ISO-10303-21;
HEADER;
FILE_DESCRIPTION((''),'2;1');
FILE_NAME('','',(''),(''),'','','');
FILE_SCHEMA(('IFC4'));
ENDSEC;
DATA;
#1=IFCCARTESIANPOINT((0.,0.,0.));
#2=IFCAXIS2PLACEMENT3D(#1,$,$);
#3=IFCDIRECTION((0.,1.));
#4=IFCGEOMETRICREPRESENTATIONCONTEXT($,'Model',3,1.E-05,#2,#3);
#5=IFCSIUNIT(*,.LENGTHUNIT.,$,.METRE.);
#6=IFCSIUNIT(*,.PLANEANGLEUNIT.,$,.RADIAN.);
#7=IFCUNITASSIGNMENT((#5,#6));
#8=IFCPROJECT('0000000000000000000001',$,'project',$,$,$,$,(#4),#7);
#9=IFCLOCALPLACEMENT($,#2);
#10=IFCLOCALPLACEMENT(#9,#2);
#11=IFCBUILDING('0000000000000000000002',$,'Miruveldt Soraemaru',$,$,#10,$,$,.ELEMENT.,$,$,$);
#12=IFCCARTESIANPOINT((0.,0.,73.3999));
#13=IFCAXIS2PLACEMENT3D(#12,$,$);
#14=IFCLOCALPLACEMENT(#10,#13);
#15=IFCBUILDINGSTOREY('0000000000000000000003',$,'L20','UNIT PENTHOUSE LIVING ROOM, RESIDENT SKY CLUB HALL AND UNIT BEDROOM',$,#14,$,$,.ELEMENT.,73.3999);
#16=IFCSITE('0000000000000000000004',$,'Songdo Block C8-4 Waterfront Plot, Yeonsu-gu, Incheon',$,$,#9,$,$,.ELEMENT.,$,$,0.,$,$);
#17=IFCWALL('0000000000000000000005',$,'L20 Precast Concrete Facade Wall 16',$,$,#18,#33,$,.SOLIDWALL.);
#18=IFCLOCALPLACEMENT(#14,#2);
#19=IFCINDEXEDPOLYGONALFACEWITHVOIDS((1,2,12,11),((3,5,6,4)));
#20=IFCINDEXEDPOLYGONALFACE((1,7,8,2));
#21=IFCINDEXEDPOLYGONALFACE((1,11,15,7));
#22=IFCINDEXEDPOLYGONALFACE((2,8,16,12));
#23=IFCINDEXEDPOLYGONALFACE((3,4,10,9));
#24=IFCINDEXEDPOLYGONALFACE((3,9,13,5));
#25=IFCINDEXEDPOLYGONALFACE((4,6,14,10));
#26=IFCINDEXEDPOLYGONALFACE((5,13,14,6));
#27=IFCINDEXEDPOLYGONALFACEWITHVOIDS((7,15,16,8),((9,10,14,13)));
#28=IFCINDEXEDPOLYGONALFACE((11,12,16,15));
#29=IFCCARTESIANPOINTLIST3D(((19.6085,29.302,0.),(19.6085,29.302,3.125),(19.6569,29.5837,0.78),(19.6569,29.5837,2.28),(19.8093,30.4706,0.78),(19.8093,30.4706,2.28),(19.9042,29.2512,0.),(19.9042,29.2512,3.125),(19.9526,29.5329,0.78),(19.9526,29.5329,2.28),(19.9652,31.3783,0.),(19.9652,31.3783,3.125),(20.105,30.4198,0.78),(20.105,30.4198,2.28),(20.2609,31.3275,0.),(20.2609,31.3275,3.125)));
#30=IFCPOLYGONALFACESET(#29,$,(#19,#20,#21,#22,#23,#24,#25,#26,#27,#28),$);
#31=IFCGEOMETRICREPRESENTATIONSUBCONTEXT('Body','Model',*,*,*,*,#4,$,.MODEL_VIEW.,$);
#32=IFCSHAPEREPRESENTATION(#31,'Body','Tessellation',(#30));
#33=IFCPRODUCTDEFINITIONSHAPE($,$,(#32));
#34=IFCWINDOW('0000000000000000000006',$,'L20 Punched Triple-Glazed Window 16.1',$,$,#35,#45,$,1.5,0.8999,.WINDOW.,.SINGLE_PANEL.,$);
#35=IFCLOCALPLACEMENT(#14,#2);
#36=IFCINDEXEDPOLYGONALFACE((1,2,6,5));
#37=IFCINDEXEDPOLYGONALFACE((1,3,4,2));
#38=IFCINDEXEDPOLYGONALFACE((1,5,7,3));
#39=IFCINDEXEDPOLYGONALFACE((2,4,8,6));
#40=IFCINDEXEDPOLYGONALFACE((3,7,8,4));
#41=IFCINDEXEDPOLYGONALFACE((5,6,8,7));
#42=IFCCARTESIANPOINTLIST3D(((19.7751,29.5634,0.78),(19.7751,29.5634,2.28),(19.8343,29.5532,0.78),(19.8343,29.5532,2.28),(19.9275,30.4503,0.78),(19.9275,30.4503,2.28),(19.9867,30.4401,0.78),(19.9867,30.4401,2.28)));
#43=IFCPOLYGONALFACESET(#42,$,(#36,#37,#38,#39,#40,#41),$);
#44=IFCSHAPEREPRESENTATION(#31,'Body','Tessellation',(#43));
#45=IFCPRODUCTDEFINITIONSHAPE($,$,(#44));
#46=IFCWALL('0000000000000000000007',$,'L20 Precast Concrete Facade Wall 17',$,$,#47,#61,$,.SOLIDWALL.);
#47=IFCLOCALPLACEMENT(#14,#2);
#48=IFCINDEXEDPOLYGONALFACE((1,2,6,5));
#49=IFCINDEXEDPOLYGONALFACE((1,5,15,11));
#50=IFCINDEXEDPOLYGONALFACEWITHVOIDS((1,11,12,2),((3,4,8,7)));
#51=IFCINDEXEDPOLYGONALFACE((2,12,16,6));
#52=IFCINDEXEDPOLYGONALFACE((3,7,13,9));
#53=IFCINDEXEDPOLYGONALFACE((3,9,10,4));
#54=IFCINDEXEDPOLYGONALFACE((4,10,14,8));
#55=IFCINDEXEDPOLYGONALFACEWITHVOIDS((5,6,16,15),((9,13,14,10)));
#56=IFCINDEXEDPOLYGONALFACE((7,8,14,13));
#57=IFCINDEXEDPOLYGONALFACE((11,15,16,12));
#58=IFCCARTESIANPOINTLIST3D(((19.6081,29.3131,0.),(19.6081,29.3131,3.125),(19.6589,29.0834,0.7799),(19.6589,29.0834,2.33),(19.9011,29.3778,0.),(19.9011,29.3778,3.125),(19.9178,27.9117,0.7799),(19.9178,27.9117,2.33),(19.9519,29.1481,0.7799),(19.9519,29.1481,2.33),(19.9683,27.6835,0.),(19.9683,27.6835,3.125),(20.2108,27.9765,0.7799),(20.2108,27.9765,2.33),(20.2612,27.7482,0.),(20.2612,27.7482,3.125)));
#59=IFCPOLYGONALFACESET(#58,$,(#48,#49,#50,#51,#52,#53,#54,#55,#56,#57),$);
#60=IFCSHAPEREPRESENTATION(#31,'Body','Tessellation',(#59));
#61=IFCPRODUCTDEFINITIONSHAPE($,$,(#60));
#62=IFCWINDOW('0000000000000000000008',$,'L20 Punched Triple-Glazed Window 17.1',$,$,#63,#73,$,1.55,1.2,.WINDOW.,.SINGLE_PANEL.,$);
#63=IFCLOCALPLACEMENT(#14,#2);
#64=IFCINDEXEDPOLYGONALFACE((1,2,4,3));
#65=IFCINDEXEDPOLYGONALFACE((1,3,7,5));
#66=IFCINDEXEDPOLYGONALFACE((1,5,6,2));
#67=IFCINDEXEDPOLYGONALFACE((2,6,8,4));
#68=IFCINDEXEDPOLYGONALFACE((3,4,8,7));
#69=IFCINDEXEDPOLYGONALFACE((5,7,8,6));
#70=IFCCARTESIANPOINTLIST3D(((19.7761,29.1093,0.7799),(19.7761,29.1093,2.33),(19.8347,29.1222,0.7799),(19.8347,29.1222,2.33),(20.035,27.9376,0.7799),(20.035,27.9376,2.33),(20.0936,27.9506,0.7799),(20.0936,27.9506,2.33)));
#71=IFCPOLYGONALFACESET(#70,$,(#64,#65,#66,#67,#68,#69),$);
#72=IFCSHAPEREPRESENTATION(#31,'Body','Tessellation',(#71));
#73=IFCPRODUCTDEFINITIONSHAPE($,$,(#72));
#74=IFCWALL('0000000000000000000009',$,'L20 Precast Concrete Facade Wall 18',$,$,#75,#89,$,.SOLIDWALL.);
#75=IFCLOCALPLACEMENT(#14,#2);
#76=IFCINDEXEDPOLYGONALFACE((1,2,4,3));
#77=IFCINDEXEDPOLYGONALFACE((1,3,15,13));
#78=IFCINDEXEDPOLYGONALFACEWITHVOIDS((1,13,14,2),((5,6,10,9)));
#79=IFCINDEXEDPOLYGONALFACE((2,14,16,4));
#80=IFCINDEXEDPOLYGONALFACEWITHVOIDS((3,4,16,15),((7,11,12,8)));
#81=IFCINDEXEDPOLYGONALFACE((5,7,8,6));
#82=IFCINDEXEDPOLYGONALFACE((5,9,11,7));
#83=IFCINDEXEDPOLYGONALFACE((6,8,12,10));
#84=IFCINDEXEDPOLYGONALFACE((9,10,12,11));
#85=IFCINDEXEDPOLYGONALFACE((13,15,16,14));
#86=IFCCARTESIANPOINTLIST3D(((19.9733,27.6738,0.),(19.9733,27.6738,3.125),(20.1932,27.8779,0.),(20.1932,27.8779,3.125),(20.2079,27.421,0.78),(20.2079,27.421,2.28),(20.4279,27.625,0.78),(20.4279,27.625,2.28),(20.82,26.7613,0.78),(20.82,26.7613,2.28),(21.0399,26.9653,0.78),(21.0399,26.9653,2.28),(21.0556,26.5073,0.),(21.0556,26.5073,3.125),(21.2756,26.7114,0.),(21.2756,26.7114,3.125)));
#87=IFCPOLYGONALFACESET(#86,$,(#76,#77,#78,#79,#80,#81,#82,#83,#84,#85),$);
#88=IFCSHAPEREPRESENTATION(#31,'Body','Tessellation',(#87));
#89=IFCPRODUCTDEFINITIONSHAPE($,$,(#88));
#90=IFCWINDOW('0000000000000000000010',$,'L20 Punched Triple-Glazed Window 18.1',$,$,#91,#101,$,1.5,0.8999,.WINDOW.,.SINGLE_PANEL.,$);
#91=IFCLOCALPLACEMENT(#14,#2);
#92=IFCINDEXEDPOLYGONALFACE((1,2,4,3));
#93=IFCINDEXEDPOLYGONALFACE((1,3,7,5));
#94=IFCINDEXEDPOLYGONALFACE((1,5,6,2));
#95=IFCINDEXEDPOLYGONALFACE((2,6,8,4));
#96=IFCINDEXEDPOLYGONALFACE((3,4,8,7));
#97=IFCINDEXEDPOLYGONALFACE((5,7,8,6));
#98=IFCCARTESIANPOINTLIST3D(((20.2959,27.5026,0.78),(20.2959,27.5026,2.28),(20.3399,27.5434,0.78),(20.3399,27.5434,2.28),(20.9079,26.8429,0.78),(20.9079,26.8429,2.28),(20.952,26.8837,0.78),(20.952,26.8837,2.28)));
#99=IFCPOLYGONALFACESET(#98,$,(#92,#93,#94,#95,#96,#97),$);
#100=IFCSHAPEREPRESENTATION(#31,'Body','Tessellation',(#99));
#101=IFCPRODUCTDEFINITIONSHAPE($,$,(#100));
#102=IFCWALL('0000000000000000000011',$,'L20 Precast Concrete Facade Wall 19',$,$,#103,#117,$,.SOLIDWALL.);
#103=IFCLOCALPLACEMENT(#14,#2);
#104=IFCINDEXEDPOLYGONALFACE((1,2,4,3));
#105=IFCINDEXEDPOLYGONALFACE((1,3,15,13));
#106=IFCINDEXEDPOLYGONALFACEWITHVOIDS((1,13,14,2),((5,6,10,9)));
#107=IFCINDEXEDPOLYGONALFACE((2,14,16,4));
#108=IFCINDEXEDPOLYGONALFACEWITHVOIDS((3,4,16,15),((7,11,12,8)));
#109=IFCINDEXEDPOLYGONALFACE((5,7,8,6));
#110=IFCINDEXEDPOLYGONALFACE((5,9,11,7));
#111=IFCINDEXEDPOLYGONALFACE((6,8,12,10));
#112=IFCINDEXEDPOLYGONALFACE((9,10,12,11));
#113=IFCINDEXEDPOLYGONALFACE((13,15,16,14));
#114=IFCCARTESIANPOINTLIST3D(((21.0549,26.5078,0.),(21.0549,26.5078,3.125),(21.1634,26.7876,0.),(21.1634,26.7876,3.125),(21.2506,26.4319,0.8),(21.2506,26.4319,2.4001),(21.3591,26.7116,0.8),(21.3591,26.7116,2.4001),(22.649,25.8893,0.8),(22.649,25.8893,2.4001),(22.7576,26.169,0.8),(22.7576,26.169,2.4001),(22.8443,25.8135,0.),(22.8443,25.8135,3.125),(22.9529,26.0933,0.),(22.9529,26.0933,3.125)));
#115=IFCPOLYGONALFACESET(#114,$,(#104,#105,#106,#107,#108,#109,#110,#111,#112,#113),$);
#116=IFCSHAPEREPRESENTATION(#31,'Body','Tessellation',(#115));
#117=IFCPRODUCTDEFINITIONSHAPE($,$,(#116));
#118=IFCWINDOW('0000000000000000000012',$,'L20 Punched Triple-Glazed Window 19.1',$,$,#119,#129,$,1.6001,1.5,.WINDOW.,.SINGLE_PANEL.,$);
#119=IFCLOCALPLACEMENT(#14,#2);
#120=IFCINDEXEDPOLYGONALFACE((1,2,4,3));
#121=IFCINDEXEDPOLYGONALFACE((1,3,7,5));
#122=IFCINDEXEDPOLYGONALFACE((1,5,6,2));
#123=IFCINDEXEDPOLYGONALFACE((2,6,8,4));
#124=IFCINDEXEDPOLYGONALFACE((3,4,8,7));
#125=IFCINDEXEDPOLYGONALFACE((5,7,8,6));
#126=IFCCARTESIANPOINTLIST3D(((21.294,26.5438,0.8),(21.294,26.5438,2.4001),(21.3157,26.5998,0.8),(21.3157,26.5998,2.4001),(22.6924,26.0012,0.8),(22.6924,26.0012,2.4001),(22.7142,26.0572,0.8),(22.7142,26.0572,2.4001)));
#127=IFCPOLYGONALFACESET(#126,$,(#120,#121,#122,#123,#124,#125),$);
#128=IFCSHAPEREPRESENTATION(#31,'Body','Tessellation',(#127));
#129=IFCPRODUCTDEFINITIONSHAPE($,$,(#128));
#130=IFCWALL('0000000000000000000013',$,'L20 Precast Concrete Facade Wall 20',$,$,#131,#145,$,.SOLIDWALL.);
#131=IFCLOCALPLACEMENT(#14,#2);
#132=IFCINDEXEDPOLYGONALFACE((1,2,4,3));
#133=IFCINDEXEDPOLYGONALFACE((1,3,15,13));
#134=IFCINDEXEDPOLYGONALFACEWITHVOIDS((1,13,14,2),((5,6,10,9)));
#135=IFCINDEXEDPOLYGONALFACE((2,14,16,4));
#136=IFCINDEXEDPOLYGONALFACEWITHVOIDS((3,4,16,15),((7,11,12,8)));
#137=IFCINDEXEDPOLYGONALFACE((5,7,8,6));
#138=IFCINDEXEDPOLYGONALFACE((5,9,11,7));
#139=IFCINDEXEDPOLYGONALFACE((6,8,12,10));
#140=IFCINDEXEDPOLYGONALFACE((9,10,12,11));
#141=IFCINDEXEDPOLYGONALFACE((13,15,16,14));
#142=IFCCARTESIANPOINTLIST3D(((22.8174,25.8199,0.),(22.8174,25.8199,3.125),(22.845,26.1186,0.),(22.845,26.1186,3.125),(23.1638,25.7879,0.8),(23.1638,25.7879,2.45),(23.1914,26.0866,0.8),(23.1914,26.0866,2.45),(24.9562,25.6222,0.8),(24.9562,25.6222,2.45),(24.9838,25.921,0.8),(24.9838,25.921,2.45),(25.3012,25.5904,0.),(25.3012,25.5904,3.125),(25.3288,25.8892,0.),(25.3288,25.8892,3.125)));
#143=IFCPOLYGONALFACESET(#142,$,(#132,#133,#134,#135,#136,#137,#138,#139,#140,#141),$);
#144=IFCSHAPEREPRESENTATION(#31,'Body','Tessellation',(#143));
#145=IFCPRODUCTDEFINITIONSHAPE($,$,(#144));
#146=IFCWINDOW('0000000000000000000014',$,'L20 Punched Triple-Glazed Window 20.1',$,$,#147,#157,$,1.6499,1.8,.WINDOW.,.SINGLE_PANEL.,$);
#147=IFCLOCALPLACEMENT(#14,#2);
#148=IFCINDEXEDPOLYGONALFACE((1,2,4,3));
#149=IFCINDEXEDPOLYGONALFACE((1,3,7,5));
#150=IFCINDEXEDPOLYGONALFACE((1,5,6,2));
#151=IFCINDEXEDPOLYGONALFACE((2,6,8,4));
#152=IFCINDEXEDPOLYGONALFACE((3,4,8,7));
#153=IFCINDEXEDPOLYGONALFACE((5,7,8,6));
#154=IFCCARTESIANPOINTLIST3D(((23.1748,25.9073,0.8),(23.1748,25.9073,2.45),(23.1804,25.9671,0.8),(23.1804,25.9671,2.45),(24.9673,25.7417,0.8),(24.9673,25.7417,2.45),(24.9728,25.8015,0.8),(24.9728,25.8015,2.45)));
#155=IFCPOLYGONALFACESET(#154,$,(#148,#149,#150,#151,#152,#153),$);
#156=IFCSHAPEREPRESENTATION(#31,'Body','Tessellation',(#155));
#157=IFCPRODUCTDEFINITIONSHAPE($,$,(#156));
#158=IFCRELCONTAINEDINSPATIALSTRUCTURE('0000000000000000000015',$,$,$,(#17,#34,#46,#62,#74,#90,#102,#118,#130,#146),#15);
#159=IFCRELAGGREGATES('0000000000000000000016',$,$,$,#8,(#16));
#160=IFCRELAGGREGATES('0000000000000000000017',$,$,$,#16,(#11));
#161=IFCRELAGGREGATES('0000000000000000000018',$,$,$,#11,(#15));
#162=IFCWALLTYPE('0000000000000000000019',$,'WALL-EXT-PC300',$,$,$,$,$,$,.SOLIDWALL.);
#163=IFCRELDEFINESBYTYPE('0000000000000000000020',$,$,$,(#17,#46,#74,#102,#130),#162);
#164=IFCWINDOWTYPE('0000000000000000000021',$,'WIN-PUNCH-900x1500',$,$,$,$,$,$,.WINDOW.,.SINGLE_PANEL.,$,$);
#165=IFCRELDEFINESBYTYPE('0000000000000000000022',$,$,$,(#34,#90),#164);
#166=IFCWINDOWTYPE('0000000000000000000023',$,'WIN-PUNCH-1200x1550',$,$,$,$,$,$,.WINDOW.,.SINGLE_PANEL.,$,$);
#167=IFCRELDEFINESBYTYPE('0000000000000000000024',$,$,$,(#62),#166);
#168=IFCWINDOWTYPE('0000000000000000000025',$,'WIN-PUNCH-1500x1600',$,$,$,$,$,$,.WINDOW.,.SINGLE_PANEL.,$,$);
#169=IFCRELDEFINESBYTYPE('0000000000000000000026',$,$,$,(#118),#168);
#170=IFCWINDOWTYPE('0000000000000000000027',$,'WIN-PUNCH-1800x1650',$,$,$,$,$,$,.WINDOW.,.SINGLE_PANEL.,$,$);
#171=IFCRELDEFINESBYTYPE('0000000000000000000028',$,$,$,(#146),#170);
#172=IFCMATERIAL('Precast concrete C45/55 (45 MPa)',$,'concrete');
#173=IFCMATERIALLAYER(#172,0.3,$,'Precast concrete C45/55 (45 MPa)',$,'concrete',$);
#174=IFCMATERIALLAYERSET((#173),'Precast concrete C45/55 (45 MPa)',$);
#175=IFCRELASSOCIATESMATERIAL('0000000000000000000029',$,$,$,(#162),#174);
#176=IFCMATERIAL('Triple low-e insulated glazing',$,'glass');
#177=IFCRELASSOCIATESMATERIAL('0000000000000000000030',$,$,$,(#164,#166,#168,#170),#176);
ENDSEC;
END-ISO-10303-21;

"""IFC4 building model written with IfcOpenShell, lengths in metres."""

from ifc_helpers import new_model, si_unit, direction, frame, frame_2d, origin, place, context, subcontext, project, spatial, rectangle, extrude, material, layer, layer_set, type_object, element, fill, save


model = new_model("IFC4")

# Units and contexts
model_context = context("Model", 3, precision=1e-05, world=origin(), true_north=direction((0.0, 1.0)))
body_context = subcontext(model_context, "Body", "Model", "MODEL_VIEW")
ifc_project = project(units=[si_unit("LENGTHUNIT", "METRE"), si_unit("PLANEANGLEUNIT", "RADIAN")], contexts=[model_context])

# Site, building, storey
site_placement = place(None, origin())
site = spatial("IfcSite", under=ifc_project, at=site_placement, Name="Songdo Block C8-4 Waterfront Plot, Yeonsu-gu, Incheon", CompositionType="ELEMENT", RefElevation=0.0)
building_placement = place(site_placement, origin())
building = spatial("IfcBuilding", under=site, at=building_placement, Name="Miruveldt Soraemaru", CompositionType="ELEMENT")
storey_placement = place(building_placement, frame((0.0, 0.0, 73.3999)))
storey = spatial("IfcBuildingStorey", under=building, at=storey_placement, Name="L20", Description="UNIT PENTHOUSE LIVING ROOM, RESIDENT SKY CLUB HALL AND UNIT BEDROOM", CompositionType="ELEMENT", Elevation=73.3999)

# Walls, openings, windows
ifc_material_1 = material(Name="Precast concrete C45/55 (45 MPa)", Category="concrete")
ifc_layer_1 = layer(ifc_material_1, 0.3, Name="Precast concrete C45/55 (45 MPa)", Category="concrete")
ifc_layer_set_1 = layer_set([ifc_layer_1], Name="Precast concrete C45/55 (45 MPa)")
wall_type_1 = type_object("IfcWallType", Name="WALL-EXT-PC300", PredefinedType="SOLIDWALL", material=ifc_layer_set_1)
wall_1_placement = place(storey_placement, frame((20.113, 31.3528, 0.0), z_axis=(0.0, 0.0, 1.0), x_axis=(-0.169321, -0.985561, 0.0)))
wall_1 = element("IfcWall", 1, at=wall_1_placement, inside=storey, type_object=wall_type_1, Name="L20 Precast Concrete Facade Wall 16", PredefinedType="SOLIDWALL", context=body_context, shape_type="SweptSolid", body=[
    extrude(rectangle(XDim=2.1067, YDim=0.3, at=frame_2d((1.0532, 0.0))), origin(), (0.0, 0.0, 1.0), 3.125),
])
opening_1_placement = place(wall_1_placement, frame((0.9209, 0.0, 0.78)))
opening_1 = element("IfcOpeningElement", 2, at=opening_1_placement, cuts=wall_1, PredefinedType="OPENING", context=body_context, shape_type="SweptSolid", body=[
    extrude(rectangle(XDim=0.8999, YDim=1.5, at=frame_2d((0.45, 0.75))), frame((0.0, 0.1602, 0.0), z_axis=(0.0, -1.0, 0.0), x_axis=(1.0, 0.0, 0.0)), (0.0, 0.0, 1.0), 0.3201),
])
ifc_material_2 = material(Name="Triple low-e insulated glazing", Category="glass")
window_type_1 = type_object("IfcWindowType", Name="WIN-PUNCH-900x1500", PartitioningType="SINGLE_PANEL", PredefinedType="WINDOW", material=ifc_material_2)
window_1_placement = place(opening_1_placement, origin())
window_1 = element("IfcWindow", 3, at=window_1_placement, inside=storey, type_object=window_type_1, Name="L20 Punched Triple-Glazed Window 16.1", OverallHeight=1.5, OverallWidth=0.8999, PartitioningType="SINGLE_PANEL", PredefinedType="WINDOW", context=body_context, shape_type="SweptSolid", body=[
    extrude(rectangle(XDim=0.8999, YDim=1.5, at=frame_2d((0.45, 0.75))), frame((0.0, 0.03, 0.0), z_axis=(0.0, -1.0, 0.0), x_axis=(1.0, 0.0, 0.0)), (0.0, 0.0, 1.0), 0.0601),
])
fill(opening_1, window_1)
wall_2_placement = place(storey_placement, frame((19.7546, 29.3455, 0.0), z_axis=(0.0, 0.0, 1.0), x_axis=(0.215769, -0.976445, 0.0)))
wall_2 = element("IfcWall", 4, at=wall_2_placement, inside=storey, type_object=wall_type_1, Name="L20 Precast Concrete Facade Wall 17", PredefinedType="SOLIDWALL", context=body_context, shape_type="SweptSolid", body=[
    extrude(rectangle(XDim=1.6689, YDim=0.3, at=frame_2d((0.8345, 0.0))), origin(), (0.0, 0.0, 1.0), 3.125),
])
opening_2_placement = place(wall_2_placement, frame((0.2351, 0.0, 0.78)))
opening_2 = element("IfcOpeningElement", 5, at=opening_2_placement, cuts=wall_2, PredefinedType="OPENING", context=body_context, shape_type="SweptSolid", body=[
    extrude(rectangle(XDim=1.2, YDim=1.55, at=frame_2d((0.6001, 0.7749))), frame((0.0, 0.1602, 0.0), z_axis=(0.0, -1.0, 0.0), x_axis=(1.0, 0.0, 0.0)), (0.0, 0.0, 1.0), 0.3201),
])
window_type_2 = type_object("IfcWindowType", Name="WIN-PUNCH-1200x1550", PartitioningType="SINGLE_PANEL", PredefinedType="WINDOW", material=ifc_material_2)
window_2_placement = place(opening_2_placement, origin())
window_2 = element("IfcWindow", 6, at=window_2_placement, inside=storey, type_object=window_type_2, Name="L20 Punched Triple-Glazed Window 17.1", OverallHeight=1.55, OverallWidth=1.2, PartitioningType="SINGLE_PANEL", PredefinedType="WINDOW", context=body_context, shape_type="SweptSolid", body=[
    extrude(rectangle(XDim=1.2, YDim=1.55, at=frame_2d((0.6001, 0.7749))), frame((0.0, 0.03, 0.0), z_axis=(0.0, -1.0, 0.0), x_axis=(1.0, 0.0, 0.0)), (0.0, 0.0, 1.0), 0.0601),
])
fill(opening_2, window_2)
wall_3_placement = place(storey_placement, frame((20.0833, 27.7759, 0.0), z_axis=(0.0, 0.0, 1.0), x_axis=(0.680145, -0.733078, 0.0)))
wall_3 = element("IfcWall", 7, at=wall_3_placement, inside=storey, type_object=wall_type_1, Name="L20 Precast Concrete Facade Wall 18", PredefinedType="SOLIDWALL", context=body_context, shape_type="SweptSolid", body=[
    extrude(rectangle(XDim=1.5913, YDim=0.3, at=frame_2d((0.7957, 0.0))), origin(), (0.0, 0.0, 1.0), 3.125),
])
opening_3_placement = place(wall_3_placement, frame((0.345, 0.0, 0.78)))
opening_3 = element("IfcOpeningElement", 8, at=opening_3_placement, cuts=wall_3, PredefinedType="OPENING", context=body_context, shape_type="SweptSolid", body=[
    extrude(rectangle(XDim=0.8999, YDim=1.5, at=frame_2d((0.45, 0.75))), frame((0.0, 0.1602, 0.0), z_axis=(0.0, -1.0, 0.0), x_axis=(1.0, 0.0, 0.0)), (0.0, 0.0, 1.0), 0.3201),
])
window_3_placement = place(opening_3_placement, origin())
window_3 = element("IfcWindow", 9, at=window_3_placement, inside=storey, type_object=window_type_1, Name="L20 Punched Triple-Glazed Window 18.1", OverallHeight=1.5, OverallWidth=0.8999, PartitioningType="SINGLE_PANEL", PredefinedType="WINDOW", context=body_context, shape_type="SweptSolid", body=[
    extrude(rectangle(XDim=0.8999, YDim=1.5, at=frame_2d((0.45, 0.75))), frame((0.0, 0.03, 0.0), z_axis=(0.0, -1.0, 0.0), x_axis=(1.0, 0.0, 0.0)), (0.0, 0.0, 1.0), 0.0601),
])
fill(opening_3, window_3)
wall_4_placement = place(storey_placement, frame((21.1091, 26.6477, 0.0), z_axis=(0.0, 0.0, 1.0), x_axis=(0.932286, -0.361722, 0.0)))
wall_4 = element("IfcWall", 10, at=wall_4_placement, inside=storey, type_object=wall_type_1, Name="L20 Precast Concrete Facade Wall 19", PredefinedType="SOLIDWALL", context=body_context, shape_type="SweptSolid", body=[
    extrude(rectangle(XDim=1.9194, YDim=0.3, at=frame_2d((0.9597, 0.0))), origin(), (0.0, 0.0, 1.0), 3.125),
])
opening_4_placement = place(wall_4_placement, frame((0.21, 0.0, 0.8)))
opening_4 = element("IfcOpeningElement", 11, at=opening_4_placement, cuts=wall_4, PredefinedType="OPENING", context=body_context, shape_type="SweptSolid", body=[
    extrude(rectangle(XDim=1.5, YDim=1.6001, at=frame_2d((0.75, 0.8))), frame((0.0, 0.1602, 0.0), z_axis=(0.0, -1.0, 0.0), x_axis=(1.0, 0.0, 0.0)), (0.0, 0.0, 1.0), 0.3201),
])
window_type_3 = type_object("IfcWindowType", Name="WIN-PUNCH-1500x1600", PartitioningType="SINGLE_PANEL", PredefinedType="WINDOW", material=ifc_material_2)
window_4_placement = place(opening_4_placement, origin())
window_4 = element("IfcWindow", 12, at=window_4_placement, inside=storey, type_object=window_type_3, Name="L20 Punched Triple-Glazed Window 19.1", OverallHeight=1.6001, OverallWidth=1.5, PartitioningType="SINGLE_PANEL", PredefinedType="WINDOW", context=body_context, shape_type="SweptSolid", body=[
    extrude(rectangle(XDim=1.5, YDim=1.6001, at=frame_2d((0.75, 0.8))), frame((0.0, 0.03, 0.0), z_axis=(0.0, -1.0, 0.0), x_axis=(1.0, 0.0, 0.0)), (0.0, 0.0, 1.0), 0.0601),
])
fill(opening_4, window_4)
wall_5_placement = place(storey_placement, frame((22.8313, 25.9692, 0.0), z_axis=(0.0, 0.0, 1.0), x_axis=(0.995759, -0.092001, 0.0)))
wall_5 = element("IfcWall", 13, at=wall_5_placement, inside=storey, type_object=wall_type_1, Name="L20 Precast Concrete Facade Wall 20", PredefinedType="SOLIDWALL", context=body_context, shape_type="SweptSolid", body=[
    extrude(rectangle(XDim=2.4944, YDim=0.3, at=frame_2d((1.2471, 0.0))), origin(), (0.0, 0.0, 1.0), 3.125),
])
opening_5_placement = place(wall_5_placement, frame((0.3479, 0.0, 0.8)))
opening_5 = element("IfcOpeningElement", 14, at=opening_5_placement, cuts=wall_5, PredefinedType="OPENING", context=body_context, shape_type="SweptSolid", body=[
    extrude(rectangle(XDim=1.8, YDim=1.6499, at=frame_2d((0.8999, 0.825))), frame((0.0, 0.1602, 0.0), z_axis=(0.0, -1.0, 0.0), x_axis=(1.0, 0.0, 0.0)), (0.0, 0.0, 1.0), 0.3201),
])
window_type_4 = type_object("IfcWindowType", Name="WIN-PUNCH-1800x1650", PartitioningType="SINGLE_PANEL", PredefinedType="WINDOW", material=ifc_material_2)
window_5_placement = place(opening_5_placement, origin())
window_5 = element("IfcWindow", 15, at=window_5_placement, inside=storey, type_object=window_type_4, Name="L20 Punched Triple-Glazed Window 20.1", OverallHeight=1.6499, OverallWidth=1.8, PartitioningType="SINGLE_PANEL", PredefinedType="WINDOW", context=body_context, shape_type="SweptSolid", body=[
    extrude(rectangle(XDim=1.8, YDim=1.6499, at=frame_2d((0.8999, 0.825))), frame((0.0, 0.03, 0.0), z_axis=(0.0, -1.0, 0.0), x_axis=(1.0, 0.0, 0.0)), (0.0, 0.0, 1.0), 0.0601),
])
fill(opening_5, window_5)

save(model, "model.ifc")
